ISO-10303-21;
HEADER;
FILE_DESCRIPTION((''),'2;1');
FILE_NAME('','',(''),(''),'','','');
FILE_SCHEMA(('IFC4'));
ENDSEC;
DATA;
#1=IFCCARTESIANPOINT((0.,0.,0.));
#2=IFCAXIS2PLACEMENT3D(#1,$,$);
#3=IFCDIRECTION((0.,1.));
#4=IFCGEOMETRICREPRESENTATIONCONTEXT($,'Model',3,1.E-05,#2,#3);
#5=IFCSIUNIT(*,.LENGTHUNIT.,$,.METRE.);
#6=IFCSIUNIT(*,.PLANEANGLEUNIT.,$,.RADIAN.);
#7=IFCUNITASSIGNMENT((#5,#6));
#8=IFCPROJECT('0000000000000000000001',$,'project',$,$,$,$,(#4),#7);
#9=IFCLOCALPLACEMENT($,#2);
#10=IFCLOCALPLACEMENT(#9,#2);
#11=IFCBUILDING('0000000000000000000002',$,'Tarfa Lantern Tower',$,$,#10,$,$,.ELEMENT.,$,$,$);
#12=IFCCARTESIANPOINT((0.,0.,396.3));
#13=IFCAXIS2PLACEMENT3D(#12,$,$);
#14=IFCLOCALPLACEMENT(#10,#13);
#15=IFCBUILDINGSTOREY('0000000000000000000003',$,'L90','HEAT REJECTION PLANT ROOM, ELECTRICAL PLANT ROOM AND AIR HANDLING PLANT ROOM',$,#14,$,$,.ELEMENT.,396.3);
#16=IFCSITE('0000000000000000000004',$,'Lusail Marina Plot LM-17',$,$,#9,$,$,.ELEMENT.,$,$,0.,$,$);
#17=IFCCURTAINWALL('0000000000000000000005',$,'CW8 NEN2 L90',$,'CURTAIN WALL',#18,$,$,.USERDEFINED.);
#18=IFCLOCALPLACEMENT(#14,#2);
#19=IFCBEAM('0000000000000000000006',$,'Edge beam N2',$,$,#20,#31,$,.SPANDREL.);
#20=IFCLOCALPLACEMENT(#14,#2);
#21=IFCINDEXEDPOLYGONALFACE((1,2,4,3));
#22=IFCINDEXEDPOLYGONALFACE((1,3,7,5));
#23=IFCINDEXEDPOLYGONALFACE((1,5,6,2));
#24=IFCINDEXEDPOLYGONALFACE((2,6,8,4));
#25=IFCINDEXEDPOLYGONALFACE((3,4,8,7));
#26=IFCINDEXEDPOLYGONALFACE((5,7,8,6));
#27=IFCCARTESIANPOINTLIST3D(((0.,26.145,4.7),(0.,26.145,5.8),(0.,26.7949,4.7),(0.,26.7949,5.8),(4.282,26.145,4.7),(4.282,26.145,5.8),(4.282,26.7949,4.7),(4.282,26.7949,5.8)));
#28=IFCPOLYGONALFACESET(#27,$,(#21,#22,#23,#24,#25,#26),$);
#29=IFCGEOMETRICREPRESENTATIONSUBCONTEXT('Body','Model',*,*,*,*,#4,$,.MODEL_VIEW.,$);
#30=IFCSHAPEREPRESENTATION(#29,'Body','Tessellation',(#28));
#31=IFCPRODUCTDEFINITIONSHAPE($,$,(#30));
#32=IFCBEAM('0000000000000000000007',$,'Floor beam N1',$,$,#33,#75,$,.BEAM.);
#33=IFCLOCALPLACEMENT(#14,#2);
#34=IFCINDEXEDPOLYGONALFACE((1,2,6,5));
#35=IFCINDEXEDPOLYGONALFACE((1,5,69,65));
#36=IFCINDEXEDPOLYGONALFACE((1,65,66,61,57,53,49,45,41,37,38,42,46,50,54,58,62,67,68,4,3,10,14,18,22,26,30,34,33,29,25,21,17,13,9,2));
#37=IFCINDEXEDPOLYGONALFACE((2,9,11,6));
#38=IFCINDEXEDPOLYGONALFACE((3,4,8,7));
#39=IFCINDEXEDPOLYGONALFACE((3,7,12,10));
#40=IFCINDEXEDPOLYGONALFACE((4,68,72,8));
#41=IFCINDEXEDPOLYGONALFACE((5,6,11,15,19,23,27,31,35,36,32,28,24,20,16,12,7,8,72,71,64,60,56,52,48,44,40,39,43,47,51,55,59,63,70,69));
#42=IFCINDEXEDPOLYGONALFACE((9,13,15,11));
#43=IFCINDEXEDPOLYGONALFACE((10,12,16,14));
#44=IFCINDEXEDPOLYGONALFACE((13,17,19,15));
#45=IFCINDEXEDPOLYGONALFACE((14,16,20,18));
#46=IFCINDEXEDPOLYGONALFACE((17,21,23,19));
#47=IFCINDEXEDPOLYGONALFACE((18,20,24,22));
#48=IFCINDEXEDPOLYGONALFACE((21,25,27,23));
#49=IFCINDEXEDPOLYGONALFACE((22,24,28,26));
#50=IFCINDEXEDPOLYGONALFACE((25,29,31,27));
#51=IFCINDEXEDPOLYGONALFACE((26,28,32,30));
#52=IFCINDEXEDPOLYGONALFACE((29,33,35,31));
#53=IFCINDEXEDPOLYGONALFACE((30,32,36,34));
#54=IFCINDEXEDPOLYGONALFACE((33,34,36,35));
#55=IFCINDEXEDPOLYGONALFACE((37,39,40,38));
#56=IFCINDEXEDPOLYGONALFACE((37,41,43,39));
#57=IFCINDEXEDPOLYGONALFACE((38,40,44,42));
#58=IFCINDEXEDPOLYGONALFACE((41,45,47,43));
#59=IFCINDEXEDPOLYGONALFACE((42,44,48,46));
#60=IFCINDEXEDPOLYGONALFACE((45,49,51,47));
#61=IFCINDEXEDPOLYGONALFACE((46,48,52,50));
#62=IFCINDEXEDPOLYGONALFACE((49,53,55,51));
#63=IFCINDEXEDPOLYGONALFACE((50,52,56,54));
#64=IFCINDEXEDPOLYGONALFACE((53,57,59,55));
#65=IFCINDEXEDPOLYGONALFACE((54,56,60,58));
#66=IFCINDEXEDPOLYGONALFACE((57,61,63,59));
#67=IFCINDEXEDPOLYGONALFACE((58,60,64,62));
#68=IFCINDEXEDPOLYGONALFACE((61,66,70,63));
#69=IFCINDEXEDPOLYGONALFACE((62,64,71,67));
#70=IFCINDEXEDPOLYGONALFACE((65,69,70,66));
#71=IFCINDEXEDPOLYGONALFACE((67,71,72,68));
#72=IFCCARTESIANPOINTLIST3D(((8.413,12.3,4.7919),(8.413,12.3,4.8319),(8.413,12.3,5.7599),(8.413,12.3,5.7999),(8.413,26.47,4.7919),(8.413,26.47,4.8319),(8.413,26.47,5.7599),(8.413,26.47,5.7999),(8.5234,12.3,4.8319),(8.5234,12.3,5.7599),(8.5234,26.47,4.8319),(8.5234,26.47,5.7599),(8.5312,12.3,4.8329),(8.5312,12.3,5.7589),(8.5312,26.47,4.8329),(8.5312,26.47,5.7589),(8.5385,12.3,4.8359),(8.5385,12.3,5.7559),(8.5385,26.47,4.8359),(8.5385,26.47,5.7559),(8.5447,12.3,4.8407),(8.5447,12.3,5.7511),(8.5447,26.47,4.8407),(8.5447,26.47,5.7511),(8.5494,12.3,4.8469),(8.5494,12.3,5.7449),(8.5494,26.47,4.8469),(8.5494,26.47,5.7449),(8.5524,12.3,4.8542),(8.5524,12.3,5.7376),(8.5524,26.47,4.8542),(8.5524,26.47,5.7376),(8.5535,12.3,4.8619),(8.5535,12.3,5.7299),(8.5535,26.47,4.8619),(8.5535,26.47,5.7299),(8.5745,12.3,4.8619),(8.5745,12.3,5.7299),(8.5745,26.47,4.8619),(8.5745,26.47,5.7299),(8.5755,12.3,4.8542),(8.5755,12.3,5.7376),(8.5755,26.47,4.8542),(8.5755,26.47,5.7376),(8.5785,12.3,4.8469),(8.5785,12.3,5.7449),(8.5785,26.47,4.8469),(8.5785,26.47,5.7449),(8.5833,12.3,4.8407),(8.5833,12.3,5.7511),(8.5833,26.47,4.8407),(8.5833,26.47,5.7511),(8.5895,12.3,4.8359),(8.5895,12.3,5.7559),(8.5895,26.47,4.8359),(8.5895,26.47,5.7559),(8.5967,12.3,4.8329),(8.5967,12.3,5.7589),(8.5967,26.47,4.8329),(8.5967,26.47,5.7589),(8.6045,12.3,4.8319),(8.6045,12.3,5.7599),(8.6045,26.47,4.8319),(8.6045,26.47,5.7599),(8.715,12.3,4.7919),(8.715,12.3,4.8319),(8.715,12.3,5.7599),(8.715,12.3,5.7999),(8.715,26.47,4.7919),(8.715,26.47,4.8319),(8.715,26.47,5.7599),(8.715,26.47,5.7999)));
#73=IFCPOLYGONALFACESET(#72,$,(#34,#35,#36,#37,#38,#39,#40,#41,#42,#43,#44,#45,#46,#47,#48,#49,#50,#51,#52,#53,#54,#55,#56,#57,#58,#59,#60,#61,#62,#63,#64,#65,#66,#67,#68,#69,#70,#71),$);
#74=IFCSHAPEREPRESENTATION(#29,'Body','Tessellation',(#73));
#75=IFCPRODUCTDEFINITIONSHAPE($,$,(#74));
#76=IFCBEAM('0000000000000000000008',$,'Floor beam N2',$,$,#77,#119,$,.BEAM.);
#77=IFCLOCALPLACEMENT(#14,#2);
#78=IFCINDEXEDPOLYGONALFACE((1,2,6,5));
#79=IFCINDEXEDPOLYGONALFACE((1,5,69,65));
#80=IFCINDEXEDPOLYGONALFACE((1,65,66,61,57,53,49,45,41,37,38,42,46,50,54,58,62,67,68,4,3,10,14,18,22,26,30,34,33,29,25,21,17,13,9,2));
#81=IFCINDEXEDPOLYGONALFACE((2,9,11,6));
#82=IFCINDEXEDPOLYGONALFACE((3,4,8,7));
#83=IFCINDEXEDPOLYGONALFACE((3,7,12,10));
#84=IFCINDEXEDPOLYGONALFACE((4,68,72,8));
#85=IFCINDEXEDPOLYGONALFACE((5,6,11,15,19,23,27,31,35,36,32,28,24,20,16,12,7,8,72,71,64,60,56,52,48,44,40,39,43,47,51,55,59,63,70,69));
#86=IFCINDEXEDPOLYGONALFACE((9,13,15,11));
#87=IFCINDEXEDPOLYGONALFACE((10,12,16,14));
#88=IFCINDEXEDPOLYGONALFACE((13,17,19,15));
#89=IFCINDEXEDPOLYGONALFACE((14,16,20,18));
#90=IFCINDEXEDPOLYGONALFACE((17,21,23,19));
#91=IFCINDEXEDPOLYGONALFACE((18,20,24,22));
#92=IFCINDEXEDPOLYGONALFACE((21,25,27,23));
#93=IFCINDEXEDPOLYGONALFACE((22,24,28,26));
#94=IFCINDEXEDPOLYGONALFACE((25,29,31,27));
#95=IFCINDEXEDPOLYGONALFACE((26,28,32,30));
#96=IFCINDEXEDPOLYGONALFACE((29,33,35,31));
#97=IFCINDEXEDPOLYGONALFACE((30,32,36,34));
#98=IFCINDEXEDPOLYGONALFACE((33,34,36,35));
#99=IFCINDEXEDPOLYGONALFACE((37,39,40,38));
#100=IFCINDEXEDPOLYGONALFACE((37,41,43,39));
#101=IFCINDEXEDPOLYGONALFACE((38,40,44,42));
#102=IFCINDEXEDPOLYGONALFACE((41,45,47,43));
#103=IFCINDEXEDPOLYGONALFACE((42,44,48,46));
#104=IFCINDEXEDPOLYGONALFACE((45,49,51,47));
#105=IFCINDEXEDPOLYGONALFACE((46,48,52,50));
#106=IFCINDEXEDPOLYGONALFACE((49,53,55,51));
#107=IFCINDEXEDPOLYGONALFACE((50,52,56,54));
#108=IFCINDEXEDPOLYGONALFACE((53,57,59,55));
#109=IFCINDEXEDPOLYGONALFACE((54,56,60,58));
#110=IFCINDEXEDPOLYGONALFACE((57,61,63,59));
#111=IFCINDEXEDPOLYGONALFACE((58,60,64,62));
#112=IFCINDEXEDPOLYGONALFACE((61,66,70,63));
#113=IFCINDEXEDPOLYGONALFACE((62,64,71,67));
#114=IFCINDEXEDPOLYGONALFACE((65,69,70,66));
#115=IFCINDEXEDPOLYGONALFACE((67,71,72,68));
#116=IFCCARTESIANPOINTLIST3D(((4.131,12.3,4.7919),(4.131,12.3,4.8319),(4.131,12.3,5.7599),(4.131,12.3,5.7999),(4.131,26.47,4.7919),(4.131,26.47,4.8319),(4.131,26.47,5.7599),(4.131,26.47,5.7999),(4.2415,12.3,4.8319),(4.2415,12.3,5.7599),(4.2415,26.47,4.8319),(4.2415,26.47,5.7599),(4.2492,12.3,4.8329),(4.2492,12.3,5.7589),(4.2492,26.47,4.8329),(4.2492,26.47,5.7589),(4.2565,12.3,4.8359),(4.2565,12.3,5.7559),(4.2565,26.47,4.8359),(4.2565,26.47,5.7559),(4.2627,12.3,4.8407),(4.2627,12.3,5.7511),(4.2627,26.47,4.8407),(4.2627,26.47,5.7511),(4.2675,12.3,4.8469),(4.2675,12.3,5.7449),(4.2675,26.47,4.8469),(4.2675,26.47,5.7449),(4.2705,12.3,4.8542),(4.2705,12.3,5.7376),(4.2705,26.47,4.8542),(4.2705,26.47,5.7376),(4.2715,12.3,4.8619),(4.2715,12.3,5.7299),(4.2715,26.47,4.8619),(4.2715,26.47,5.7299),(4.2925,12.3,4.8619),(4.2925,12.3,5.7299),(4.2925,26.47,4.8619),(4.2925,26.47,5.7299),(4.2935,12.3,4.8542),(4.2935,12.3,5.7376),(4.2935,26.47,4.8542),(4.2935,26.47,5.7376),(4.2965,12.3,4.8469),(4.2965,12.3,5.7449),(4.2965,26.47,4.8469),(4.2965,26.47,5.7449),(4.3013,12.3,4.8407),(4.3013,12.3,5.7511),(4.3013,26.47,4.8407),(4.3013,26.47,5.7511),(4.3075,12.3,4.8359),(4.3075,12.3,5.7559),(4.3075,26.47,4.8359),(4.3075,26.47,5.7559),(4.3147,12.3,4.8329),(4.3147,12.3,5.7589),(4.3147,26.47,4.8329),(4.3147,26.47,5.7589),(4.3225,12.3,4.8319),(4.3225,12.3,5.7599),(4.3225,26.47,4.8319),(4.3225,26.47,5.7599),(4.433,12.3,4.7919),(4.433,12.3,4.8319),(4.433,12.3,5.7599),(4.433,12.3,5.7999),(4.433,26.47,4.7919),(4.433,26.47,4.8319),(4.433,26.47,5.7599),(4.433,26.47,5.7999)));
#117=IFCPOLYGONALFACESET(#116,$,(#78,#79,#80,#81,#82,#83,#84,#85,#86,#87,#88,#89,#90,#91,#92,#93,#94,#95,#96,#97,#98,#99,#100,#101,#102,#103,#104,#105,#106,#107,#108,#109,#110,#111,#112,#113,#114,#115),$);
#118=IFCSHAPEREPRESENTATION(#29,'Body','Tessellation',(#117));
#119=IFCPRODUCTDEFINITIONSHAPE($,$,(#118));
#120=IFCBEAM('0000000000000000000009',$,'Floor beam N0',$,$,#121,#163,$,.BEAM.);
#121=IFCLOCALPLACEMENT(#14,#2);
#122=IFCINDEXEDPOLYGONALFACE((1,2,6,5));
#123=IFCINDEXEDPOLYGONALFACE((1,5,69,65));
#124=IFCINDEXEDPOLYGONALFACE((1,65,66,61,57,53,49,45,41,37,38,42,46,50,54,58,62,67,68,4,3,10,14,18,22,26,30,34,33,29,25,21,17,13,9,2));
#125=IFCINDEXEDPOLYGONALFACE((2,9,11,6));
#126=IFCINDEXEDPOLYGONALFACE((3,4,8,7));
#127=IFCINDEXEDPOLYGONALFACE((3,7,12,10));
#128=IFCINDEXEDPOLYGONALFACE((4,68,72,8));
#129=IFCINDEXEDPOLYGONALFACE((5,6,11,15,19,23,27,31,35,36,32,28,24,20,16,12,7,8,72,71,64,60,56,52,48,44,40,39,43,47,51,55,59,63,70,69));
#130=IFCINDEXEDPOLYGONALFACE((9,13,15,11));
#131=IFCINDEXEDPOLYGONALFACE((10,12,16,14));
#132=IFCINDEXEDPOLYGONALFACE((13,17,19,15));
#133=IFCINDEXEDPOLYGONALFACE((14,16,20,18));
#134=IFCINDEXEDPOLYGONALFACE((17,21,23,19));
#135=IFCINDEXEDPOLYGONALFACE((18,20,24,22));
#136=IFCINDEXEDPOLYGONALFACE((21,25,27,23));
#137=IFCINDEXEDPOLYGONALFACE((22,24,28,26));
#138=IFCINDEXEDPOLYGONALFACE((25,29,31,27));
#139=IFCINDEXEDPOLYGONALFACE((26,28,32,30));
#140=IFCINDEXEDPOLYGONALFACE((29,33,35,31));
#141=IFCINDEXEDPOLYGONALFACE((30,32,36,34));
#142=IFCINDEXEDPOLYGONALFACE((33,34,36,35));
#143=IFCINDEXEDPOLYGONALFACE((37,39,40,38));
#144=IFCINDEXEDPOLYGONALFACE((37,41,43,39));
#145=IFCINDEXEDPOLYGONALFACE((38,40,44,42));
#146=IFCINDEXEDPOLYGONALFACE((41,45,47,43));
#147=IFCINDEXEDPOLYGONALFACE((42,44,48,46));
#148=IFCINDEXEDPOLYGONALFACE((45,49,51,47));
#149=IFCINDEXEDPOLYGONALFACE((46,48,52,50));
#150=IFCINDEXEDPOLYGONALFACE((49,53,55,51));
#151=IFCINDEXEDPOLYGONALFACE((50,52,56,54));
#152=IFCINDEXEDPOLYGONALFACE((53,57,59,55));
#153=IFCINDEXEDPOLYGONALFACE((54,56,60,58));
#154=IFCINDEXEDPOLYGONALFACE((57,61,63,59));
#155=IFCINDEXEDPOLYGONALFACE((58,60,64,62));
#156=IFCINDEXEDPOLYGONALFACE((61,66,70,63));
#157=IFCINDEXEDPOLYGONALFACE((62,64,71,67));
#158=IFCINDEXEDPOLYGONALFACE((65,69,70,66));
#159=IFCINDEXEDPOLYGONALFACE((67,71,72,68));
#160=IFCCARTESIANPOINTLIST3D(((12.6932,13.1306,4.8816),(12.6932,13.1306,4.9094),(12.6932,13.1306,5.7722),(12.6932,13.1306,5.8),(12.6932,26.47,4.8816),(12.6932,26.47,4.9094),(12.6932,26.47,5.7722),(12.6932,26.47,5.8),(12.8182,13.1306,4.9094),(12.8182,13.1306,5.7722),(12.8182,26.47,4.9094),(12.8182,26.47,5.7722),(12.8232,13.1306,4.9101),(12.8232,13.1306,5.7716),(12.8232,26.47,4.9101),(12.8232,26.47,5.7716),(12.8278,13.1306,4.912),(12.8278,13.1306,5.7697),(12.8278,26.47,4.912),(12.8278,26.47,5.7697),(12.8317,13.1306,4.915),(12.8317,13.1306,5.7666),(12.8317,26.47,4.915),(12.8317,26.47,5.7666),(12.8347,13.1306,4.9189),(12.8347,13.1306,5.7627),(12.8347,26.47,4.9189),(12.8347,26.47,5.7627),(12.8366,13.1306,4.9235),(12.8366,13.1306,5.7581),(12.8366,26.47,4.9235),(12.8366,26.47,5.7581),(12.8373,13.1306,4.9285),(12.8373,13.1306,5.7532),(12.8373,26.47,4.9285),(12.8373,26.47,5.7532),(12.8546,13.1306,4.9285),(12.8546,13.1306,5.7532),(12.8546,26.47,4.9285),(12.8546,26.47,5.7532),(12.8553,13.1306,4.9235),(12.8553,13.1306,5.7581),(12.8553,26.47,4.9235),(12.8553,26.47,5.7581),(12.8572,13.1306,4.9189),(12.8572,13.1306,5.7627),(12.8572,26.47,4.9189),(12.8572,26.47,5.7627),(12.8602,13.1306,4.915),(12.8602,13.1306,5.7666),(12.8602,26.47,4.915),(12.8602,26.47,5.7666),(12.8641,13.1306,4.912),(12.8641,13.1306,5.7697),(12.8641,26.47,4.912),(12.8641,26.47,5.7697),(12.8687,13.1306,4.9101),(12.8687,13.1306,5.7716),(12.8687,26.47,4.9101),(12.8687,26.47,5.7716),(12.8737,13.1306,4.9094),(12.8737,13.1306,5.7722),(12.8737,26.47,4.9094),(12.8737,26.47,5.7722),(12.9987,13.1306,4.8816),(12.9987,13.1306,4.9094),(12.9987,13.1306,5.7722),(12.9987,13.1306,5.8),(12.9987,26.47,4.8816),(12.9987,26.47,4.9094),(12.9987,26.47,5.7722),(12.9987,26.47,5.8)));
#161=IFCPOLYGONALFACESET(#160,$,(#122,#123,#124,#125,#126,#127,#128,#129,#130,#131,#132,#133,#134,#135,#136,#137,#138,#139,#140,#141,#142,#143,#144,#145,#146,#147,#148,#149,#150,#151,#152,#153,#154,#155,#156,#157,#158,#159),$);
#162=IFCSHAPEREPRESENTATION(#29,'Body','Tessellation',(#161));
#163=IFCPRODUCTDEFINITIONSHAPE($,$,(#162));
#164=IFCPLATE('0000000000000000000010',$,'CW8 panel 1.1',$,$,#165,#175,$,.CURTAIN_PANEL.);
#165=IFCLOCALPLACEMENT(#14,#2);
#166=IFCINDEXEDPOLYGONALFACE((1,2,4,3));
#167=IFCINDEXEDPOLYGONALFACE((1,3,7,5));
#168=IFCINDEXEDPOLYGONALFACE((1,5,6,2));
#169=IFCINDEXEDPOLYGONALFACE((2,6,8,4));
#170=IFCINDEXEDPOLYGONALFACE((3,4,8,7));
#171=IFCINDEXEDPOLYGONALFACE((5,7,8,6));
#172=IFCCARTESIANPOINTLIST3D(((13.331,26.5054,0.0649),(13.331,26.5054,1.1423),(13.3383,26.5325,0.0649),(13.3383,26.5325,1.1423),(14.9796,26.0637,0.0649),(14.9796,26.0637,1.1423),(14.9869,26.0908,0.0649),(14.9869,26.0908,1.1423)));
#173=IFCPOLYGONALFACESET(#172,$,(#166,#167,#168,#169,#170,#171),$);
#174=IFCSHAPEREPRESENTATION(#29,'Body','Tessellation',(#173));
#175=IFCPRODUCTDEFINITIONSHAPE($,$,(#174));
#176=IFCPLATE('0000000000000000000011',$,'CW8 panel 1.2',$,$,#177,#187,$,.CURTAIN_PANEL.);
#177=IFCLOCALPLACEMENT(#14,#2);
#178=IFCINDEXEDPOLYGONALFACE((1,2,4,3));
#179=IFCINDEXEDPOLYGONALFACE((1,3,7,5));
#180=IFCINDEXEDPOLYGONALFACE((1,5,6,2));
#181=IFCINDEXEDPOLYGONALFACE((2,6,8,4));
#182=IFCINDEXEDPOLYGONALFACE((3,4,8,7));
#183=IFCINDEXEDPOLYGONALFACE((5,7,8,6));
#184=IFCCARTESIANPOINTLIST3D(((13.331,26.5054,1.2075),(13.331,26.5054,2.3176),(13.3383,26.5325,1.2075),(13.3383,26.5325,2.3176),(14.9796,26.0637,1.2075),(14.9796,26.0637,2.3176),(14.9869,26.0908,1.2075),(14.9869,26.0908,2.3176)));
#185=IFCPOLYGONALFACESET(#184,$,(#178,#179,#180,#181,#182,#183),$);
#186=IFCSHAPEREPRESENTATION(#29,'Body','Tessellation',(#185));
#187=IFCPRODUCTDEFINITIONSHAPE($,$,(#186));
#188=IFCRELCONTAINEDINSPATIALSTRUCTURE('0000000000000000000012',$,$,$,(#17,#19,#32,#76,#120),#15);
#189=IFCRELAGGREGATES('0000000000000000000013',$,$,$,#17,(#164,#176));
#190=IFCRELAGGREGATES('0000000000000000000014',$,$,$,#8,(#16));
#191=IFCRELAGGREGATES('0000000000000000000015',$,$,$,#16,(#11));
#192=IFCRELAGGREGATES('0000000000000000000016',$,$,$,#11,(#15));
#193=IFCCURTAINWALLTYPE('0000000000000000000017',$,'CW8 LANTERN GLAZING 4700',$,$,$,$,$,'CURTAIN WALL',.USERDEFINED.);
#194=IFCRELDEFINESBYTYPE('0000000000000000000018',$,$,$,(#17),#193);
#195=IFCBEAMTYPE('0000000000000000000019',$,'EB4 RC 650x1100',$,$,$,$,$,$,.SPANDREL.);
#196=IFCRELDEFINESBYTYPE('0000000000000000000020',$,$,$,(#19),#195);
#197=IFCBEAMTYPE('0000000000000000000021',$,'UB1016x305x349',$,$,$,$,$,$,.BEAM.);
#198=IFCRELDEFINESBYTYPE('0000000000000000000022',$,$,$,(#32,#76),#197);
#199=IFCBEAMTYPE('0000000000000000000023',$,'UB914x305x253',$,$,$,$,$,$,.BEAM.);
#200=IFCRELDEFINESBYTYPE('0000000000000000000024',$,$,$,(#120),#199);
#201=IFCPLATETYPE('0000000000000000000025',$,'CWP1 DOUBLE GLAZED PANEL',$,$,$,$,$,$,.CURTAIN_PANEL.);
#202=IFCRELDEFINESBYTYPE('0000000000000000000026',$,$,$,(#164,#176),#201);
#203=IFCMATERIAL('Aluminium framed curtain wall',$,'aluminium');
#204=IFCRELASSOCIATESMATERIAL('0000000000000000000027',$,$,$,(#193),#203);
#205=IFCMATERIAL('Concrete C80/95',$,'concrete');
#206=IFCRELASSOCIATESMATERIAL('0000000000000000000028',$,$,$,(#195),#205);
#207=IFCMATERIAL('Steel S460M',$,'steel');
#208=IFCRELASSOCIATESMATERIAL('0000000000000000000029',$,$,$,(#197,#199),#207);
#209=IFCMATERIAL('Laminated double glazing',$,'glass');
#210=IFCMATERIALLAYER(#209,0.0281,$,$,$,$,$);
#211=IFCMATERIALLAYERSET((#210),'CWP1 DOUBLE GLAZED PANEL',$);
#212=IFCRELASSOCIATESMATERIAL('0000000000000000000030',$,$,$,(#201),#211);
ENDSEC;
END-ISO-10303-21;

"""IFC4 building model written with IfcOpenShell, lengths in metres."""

from ifc_helpers import new_model, si_unit, direction, frame, origin, origin_2d, place, context, subcontext, project, spatial, rectangle, i_section, extrude, material, layer, layer_set, material_profile, profile_set, type_object, element, aggregate, save


model = new_model("IFC4")

# Units and contexts
model_context = context("Model", 3, precision=1e-05, world=origin(), true_north=direction((0.0, 1.0)))
body_context = subcontext(model_context, "Body", "Model", "MODEL_VIEW")
ifc_project = project(units=[si_unit("LENGTHUNIT", "METRE"), si_unit("PLANEANGLEUNIT", "RADIAN")], contexts=[model_context])

# Site, building, storey
site_placement = place(None, origin())
site = spatial("IfcSite", under=ifc_project, at=site_placement, Name="Lusail Marina Plot LM-17", CompositionType="ELEMENT", RefElevation=0.0)
building_placement = place(site_placement, origin())
building = spatial("IfcBuilding", under=site, at=building_placement, Name="Tarfa Lantern Tower", CompositionType="ELEMENT")
storey_placement = place(building_placement, frame((0.0, 0.0, 396.3)))
storey = spatial("IfcBuildingStorey", under=building, at=storey_placement, Name="L90", Description="HEAT REJECTION PLANT ROOM, ELECTRICAL PLANT ROOM AND AIR HANDLING PLANT ROOM", CompositionType="ELEMENT", Elevation=396.3)

# Shared definitions
ifc_material_1 = material(Name="Concrete C80/95", Category="concrete")

# Curtain wall
ifc_material_2 = material(Name="Aluminium framed curtain wall", Category="aluminium")
curtain_wall_type = type_object("IfcCurtainWallType", Name="CW8 LANTERN GLAZING 4700", ElementType="CURTAIN WALL", PredefinedType="USERDEFINED", material=ifc_material_2)
curtain_wall_1_placement = place(storey_placement, origin())
curtain_wall_1 = element("IfcCurtainWall", 1, at=curtain_wall_1_placement, inside=storey, type_object=curtain_wall_type, Name="CW8 NEN2 L90", ObjectType="CURTAIN WALL", PredefinedType="USERDEFINED")

# Beams
ifc_material_profile_1 = material_profile(ifc_material_1, rectangle(XDim=0.6499, YDim=1.1001, at=origin_2d()), Name="RC 650x1100")
ifc_profile_set_1 = profile_set([ifc_material_profile_1], Name="Concrete C80/95")
beam_type_1 = type_object("IfcBeamType", Name="EB4 RC 650x1100", PredefinedType="SPANDREL", material=ifc_profile_set_1)
for number, where, z_axis, x_axis, name in (
    (2, (4.282, 26.47, 5.25), (-1.0, 0.0, 0.0), (0.0, -1.0, 0.0), "Edge beam N2"),
):
    element("IfcBeam", number, at=place(storey_placement, frame(where, z_axis=z_axis, x_axis=x_axis)), inside=storey, type_object=beam_type_1, Name=name, PredefinedType="SPANDREL", context=body_context, shape_type="SweptSolid", body=[
        extrude(rectangle(XDim=0.6499, YDim=1.1001, at=origin_2d()), origin(), (0.0, 0.0, 1.0), 4.282),
    ])
ifc_material_3 = material(Name="Steel S460M", Category="steel")
ifc_material_profile_2 = material_profile(ifc_material_3, i_section(OverallWidth=0.302, OverallDepth=1.0081, WebThickness=0.021, FlangeThickness=0.04, FilletRadius=0.03, at=origin_2d()), Name="UB1016x305x349")
ifc_profile_set_2 = profile_set([ifc_material_profile_2], Name="Steel S460M")
beam_type_2 = type_object("IfcBeamType", Name="UB1016x305x349", PredefinedType="BEAM", material=ifc_profile_set_2)
for number, where, z_axis, x_axis, name in (
    (3, (8.564, 26.47, 5.2959), (0.0, -1.0, 0.0), (1.0, 0.0, 0.0), "Floor beam N1"),
    (4, (4.282, 26.47, 5.2959), (0.0, -1.0, 0.0), (1.0, 0.0, 0.0), "Floor beam N2"),
):
    element("IfcBeam", number, at=place(storey_placement, frame(where, z_axis=z_axis, x_axis=x_axis)), inside=storey, type_object=beam_type_2, Name=name, PredefinedType="BEAM", context=body_context, shape_type="SweptSolid", body=[
        extrude(i_section(OverallWidth=0.302, OverallDepth=1.0081, WebThickness=0.021, FlangeThickness=0.04, FilletRadius=0.03, at=origin_2d()), origin(), (0.0, 0.0, 1.0), 14.1699),
    ])
ifc_material_profile_3 = material_profile(ifc_material_3, i_section(OverallWidth=0.3054, OverallDepth=0.9185, WebThickness=0.0173, FlangeThickness=0.0278, FilletRadius=0.019, at=origin_2d()), Name="UB914x305x253")
ifc_profile_set_3 = profile_set([ifc_material_profile_3], Name="Steel S460M")
beam_type_3 = type_object("IfcBeamType", Name="UB914x305x253", PredefinedType="BEAM", material=ifc_profile_set_3)
beam_placement = place(storey_placement, frame((12.8459, 26.47, 5.3408), z_axis=(0.0, -1.0, 0.0), x_axis=(1.0, 0.0, 0.0)))
element("IfcBeam", 5, at=beam_placement, inside=storey, type_object=beam_type_3, Name="Floor beam N0", PredefinedType="BEAM", context=body_context, shape_type="SweptSolid", body=[
    extrude(i_section(OverallWidth=0.3054, OverallDepth=0.9185, WebThickness=0.0173, FlangeThickness=0.0278, FilletRadius=0.019, at=origin_2d()), origin(), (0.0, 0.0, 1.0), 13.3394),
])

# Plates
ifc_material_4 = material(Name="Laminated double glazing", Category="glass")
ifc_layer = layer(ifc_material_4, 0.0281)
ifc_layer_set = layer_set([ifc_layer], Name="CWP1 DOUBLE GLAZED PANEL")
plate_type = type_object("IfcPlateType", Name="CWP1 DOUBLE GLAZED PANEL", PredefinedType="CURTAIN_PANEL", material=ifc_layer_set)
plate_1_placement = place(storey_placement, frame((14.1589, 26.2981, 0.0649), z_axis=(0.0, 0.0, 1.0), x_axis=(-0.965926, 0.258819, 0.0)))
plate_1 = element("IfcPlate", 6, at=plate_1_placement, type_object=plate_type, Name="CW8 panel 1.1", PredefinedType="CURTAIN_PANEL", context=body_context, shape_type="SweptSolid", body=[
    extrude(rectangle(XDim=1.7068, YDim=0.0281, at=origin_2d()), origin(), (0.0, 0.0, 1.0), 1.0774),
])
plate_2_placement = place(storey_placement, frame((14.1589, 26.2981, 1.2075), z_axis=(0.0, 0.0, 1.0), x_axis=(-0.965926, 0.258819, 0.0)))
plate_2 = element("IfcPlate", 7, at=plate_2_placement, type_object=plate_type, Name="CW8 panel 1.2", PredefinedType="CURTAIN_PANEL", context=body_context, shape_type="SweptSolid", body=[
    extrude(rectangle(XDim=1.7068, YDim=0.0281, at=origin_2d()), origin(), (0.0, 0.0, 1.0), 1.1101),
])
aggregate(curtain_wall_1, [plate_1, plate_2])

save(model, "model.ifc")
